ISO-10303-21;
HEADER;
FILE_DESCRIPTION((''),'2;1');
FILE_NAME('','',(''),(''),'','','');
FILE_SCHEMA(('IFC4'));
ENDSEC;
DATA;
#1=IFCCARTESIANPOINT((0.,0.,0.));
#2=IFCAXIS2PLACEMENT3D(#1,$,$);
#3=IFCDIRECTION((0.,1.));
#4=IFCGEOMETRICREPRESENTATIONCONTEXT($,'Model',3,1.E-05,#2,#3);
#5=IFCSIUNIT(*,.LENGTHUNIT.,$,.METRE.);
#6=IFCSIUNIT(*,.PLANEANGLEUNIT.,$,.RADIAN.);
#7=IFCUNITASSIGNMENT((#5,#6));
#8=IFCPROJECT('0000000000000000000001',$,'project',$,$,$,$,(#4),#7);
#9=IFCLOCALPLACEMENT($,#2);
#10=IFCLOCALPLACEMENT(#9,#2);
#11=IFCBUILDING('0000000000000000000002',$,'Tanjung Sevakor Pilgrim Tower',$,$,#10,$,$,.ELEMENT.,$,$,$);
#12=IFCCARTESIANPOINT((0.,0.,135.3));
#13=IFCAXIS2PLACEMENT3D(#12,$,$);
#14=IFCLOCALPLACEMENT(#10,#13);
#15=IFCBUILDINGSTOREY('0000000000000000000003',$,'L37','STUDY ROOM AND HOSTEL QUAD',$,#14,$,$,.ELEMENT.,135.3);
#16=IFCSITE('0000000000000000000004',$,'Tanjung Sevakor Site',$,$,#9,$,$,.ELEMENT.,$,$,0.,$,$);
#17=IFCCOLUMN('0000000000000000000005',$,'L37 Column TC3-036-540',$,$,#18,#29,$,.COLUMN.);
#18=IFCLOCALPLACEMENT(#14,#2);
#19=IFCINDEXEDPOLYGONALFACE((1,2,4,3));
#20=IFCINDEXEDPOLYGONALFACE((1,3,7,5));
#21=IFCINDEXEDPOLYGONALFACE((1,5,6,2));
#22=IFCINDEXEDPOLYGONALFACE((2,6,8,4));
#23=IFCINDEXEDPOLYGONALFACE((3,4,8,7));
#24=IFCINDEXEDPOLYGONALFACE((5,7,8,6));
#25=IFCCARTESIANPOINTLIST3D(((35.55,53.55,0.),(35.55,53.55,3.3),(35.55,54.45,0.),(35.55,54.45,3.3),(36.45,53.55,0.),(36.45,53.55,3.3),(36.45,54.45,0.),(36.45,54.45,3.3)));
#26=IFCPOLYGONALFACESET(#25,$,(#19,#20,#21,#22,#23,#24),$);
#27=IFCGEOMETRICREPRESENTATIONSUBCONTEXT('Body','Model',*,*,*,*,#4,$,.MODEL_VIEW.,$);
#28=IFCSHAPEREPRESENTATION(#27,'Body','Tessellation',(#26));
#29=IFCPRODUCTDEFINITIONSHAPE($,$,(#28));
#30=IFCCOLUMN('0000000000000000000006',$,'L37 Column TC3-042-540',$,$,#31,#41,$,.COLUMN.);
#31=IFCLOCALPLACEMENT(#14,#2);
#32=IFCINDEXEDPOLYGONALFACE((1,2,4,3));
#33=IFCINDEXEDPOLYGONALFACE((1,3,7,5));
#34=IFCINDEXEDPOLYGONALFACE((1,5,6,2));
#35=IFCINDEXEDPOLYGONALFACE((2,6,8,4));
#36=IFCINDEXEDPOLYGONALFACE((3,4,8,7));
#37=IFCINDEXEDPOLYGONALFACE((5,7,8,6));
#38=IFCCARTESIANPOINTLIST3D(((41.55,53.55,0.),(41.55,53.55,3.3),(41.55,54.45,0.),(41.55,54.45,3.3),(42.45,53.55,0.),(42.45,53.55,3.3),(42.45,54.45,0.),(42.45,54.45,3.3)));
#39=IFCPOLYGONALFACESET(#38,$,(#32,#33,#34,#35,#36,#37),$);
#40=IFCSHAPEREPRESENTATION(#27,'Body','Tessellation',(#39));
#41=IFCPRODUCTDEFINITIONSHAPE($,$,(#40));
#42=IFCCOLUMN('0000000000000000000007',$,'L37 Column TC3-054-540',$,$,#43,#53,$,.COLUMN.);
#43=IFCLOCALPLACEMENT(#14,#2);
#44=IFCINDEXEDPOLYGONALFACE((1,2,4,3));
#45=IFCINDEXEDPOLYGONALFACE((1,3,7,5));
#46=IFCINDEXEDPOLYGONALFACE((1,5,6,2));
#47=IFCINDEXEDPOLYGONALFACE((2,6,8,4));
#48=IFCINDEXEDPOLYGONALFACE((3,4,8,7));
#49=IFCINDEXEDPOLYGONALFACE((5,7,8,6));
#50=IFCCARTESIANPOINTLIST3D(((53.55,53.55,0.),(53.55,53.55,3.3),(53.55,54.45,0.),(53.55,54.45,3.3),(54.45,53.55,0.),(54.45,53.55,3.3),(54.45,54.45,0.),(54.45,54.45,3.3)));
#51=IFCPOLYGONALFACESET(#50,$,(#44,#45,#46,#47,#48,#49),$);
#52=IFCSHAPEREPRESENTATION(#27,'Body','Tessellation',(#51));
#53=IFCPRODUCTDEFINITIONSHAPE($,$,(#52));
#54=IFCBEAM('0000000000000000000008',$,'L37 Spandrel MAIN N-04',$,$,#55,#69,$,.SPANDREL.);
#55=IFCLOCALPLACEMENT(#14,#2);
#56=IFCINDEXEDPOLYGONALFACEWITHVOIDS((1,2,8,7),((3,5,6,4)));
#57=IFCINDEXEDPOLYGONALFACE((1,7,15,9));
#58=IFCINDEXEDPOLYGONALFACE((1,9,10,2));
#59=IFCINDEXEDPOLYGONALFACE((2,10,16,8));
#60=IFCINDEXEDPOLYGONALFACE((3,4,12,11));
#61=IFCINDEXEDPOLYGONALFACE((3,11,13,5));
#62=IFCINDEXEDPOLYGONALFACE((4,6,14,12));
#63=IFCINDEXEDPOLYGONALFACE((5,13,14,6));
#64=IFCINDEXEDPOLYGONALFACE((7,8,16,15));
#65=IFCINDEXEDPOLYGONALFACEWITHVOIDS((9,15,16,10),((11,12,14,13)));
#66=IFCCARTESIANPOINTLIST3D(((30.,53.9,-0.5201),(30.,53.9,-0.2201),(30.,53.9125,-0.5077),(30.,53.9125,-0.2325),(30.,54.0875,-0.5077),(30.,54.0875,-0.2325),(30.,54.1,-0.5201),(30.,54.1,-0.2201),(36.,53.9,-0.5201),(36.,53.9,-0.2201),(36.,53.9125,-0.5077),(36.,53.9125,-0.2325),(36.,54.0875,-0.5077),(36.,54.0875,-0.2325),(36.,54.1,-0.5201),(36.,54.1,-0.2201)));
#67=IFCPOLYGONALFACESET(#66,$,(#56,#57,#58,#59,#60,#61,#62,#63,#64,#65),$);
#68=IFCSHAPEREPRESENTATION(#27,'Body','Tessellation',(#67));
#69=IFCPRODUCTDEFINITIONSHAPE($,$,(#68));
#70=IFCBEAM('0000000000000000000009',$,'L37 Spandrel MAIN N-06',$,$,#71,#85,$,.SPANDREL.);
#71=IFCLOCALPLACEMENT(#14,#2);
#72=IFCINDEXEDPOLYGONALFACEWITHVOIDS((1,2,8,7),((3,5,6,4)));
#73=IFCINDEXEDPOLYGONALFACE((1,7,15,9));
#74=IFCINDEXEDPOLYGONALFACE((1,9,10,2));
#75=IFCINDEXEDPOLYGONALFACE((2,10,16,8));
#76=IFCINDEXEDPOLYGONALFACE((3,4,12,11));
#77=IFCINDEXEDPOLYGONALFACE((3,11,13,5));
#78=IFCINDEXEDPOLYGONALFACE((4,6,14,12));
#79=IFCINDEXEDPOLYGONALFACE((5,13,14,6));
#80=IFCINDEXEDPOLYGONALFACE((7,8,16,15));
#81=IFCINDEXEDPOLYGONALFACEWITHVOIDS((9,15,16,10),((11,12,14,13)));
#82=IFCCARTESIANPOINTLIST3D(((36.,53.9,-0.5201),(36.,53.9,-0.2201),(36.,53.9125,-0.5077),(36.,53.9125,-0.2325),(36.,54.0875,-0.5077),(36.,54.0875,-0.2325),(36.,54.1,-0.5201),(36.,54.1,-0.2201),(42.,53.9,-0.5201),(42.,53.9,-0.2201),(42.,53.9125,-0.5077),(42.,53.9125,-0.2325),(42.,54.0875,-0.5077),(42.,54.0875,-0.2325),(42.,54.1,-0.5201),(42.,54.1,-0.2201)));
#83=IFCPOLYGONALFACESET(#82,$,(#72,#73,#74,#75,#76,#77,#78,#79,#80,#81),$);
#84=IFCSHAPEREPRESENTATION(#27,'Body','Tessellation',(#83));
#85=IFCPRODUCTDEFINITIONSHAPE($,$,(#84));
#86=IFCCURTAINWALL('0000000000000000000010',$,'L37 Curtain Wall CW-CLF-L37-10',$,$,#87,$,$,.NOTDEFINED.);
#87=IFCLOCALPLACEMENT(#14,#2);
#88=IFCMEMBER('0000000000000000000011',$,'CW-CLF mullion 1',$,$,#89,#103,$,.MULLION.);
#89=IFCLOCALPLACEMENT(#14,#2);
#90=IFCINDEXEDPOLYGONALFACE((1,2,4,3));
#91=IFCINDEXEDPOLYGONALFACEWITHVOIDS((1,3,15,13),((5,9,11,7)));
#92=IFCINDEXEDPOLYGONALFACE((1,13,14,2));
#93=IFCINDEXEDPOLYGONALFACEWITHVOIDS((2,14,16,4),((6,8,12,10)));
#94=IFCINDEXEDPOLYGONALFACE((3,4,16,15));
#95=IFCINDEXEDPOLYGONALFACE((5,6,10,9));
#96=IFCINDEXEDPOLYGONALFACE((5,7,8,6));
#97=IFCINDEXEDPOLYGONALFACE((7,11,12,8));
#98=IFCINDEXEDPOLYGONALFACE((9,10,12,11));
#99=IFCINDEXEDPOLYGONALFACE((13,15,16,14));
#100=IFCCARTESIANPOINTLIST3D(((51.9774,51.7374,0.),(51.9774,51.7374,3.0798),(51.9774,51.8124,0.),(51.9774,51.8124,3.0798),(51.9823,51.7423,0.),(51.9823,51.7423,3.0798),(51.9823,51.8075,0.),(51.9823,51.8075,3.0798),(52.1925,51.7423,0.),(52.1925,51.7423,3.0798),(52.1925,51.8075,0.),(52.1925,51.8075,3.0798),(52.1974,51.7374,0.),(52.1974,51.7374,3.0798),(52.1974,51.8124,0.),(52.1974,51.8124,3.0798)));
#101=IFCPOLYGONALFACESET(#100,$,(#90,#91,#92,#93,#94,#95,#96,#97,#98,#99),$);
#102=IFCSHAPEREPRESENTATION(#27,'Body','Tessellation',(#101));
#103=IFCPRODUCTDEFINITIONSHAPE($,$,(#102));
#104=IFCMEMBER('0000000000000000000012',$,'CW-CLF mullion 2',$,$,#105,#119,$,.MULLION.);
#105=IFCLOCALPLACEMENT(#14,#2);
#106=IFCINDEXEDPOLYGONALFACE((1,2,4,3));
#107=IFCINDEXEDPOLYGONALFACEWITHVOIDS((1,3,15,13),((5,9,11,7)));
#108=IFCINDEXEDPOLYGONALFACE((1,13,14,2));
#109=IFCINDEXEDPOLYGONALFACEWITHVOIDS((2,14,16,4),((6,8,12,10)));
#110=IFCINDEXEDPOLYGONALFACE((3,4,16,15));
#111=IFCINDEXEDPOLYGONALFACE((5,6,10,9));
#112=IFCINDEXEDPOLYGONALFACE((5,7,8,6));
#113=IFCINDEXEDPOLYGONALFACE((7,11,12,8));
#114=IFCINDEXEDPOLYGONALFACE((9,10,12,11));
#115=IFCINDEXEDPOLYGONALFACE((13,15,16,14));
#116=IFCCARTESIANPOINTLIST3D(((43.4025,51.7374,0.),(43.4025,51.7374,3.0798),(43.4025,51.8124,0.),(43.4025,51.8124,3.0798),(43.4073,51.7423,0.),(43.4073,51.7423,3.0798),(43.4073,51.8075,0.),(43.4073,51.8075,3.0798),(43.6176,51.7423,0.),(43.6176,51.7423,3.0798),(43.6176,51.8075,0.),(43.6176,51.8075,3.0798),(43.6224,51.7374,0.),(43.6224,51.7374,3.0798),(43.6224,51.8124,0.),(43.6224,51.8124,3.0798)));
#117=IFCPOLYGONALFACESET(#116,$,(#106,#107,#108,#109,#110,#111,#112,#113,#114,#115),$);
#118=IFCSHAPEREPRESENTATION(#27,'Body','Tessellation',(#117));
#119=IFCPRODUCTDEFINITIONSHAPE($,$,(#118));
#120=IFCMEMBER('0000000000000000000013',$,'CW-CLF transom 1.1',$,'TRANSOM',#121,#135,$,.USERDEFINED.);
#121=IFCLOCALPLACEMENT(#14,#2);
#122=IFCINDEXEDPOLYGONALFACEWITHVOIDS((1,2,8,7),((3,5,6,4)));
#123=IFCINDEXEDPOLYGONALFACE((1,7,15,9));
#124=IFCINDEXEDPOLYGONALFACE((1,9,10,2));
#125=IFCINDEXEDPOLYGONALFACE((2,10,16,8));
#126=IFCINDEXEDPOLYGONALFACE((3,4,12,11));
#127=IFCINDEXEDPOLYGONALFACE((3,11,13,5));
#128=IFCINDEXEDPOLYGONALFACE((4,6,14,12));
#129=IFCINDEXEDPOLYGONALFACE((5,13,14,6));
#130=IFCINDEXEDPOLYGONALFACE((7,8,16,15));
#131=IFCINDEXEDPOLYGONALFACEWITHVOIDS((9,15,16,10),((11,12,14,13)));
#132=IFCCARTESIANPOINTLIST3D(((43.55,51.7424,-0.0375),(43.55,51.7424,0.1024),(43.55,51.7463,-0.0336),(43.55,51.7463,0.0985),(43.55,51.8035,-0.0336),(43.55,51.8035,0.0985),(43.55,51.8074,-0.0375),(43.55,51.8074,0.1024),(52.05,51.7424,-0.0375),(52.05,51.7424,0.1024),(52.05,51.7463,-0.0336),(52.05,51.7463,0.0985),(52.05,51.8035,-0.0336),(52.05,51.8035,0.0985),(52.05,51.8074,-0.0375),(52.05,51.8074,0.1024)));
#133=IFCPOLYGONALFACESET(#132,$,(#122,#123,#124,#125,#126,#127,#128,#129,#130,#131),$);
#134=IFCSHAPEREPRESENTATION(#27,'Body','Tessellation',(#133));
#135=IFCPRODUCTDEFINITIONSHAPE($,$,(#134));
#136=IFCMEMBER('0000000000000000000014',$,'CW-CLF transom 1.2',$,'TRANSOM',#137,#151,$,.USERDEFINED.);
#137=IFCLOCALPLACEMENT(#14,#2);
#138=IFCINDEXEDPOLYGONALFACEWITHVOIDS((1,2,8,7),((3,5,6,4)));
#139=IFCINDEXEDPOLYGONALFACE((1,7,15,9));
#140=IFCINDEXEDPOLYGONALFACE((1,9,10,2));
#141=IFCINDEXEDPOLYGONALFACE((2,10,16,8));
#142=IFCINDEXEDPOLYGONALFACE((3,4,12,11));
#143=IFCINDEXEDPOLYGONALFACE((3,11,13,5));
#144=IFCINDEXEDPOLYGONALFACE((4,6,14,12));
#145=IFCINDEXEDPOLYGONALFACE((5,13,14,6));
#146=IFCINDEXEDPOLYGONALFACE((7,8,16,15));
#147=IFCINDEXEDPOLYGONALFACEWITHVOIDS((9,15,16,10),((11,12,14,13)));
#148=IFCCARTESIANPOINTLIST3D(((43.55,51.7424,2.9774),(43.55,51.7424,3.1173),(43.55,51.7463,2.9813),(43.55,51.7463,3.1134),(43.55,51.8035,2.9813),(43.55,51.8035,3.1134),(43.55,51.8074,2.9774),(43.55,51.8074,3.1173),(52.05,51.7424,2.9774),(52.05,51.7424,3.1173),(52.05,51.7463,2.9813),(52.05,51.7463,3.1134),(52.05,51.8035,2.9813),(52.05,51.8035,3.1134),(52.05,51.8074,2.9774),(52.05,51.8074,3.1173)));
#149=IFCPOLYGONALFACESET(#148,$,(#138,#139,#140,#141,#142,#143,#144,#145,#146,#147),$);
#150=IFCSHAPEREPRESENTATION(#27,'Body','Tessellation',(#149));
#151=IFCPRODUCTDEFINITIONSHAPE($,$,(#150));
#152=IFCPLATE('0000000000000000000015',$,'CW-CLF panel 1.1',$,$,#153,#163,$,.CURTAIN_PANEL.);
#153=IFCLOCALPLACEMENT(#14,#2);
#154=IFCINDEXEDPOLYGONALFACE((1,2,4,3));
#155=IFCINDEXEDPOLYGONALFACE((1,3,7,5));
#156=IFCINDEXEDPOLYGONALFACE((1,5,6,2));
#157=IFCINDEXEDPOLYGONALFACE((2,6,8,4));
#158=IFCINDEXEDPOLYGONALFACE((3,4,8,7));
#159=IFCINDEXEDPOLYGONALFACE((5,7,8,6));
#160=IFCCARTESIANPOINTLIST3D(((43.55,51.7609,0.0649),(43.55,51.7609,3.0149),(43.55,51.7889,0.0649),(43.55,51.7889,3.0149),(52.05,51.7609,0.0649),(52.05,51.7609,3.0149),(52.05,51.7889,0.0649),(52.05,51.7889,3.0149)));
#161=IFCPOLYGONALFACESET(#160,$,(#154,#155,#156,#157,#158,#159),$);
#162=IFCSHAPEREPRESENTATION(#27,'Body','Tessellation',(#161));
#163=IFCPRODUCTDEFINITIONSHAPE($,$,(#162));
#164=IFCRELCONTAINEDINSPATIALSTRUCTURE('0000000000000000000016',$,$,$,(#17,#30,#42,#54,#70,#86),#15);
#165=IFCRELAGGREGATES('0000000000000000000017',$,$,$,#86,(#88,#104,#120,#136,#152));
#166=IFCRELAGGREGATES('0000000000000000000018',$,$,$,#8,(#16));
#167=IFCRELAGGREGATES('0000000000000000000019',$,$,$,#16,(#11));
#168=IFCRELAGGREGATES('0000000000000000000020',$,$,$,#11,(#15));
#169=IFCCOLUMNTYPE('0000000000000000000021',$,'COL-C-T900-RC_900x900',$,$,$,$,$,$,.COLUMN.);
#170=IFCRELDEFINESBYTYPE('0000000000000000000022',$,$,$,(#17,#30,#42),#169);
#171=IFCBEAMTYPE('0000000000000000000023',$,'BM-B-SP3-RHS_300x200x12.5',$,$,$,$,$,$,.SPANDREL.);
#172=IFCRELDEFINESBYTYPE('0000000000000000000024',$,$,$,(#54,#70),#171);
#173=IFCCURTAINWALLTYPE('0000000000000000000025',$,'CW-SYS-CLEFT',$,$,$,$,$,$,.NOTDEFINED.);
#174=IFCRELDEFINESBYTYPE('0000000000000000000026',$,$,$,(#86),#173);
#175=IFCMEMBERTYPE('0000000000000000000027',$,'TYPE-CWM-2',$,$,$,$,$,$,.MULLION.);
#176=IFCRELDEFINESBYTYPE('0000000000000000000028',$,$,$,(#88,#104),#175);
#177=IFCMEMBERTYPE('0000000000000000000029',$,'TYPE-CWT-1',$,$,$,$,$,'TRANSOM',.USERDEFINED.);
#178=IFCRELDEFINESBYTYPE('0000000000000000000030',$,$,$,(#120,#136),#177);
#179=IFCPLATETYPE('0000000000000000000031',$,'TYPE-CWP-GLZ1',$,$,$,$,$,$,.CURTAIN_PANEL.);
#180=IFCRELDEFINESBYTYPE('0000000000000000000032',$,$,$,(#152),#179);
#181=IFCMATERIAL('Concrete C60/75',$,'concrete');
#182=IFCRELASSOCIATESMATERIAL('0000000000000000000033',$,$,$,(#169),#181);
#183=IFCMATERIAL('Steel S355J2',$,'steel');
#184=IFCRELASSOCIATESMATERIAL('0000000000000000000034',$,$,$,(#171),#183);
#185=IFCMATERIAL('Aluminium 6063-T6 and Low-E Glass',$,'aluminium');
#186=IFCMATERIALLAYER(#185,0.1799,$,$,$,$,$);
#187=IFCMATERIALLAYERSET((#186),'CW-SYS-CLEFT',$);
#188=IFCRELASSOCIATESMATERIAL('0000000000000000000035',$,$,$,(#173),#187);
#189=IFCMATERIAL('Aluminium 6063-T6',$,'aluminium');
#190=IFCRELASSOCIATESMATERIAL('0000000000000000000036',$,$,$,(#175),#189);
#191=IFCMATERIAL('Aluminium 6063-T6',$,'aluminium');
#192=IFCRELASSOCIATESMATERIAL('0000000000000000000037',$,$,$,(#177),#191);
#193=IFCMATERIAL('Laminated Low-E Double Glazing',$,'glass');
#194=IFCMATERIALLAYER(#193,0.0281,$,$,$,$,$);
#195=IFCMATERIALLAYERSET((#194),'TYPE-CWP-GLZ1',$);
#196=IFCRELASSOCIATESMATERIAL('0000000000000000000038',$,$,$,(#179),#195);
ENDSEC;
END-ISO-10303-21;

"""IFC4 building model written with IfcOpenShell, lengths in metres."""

from ifc_helpers import new_model, si_unit, direction, frame, origin, origin_2d, place, context, subcontext, project, spatial, rectangle, hollow_rectangle, extrude, material, layer, layer_set, material_profile, profile_set, type_object, element, aggregate, save


model = new_model("IFC4")

# Units and contexts
model_context = context("Model", 3, precision=1e-05, world=origin(), true_north=direction((0.0, 1.0)))
body_context = subcontext(model_context, "Body", "Model", "MODEL_VIEW")
ifc_project = project(units=[si_unit("LENGTHUNIT", "METRE"), si_unit("PLANEANGLEUNIT", "RADIAN")], contexts=[model_context])

# Site, building, storey
site_placement = place(None, origin())
site = spatial("IfcSite", under=ifc_project, at=site_placement, Name="Tanjung Sevakor Site", CompositionType="ELEMENT", RefElevation=0.0)
building_placement = place(site_placement, origin())
building = spatial("IfcBuilding", under=site, at=building_placement, Name="Tanjung Sevakor Pilgrim Tower", CompositionType="ELEMENT")
storey_placement = place(building_placement, frame((0.0, 0.0, 135.3)))
storey = spatial("IfcBuildingStorey", under=building, at=storey_placement, Name="L37", Description="STUDY ROOM AND HOSTEL QUAD", CompositionType="ELEMENT", Elevation=135.3)

# Columns
ifc_material_1 = material(Name="Concrete C60/75", Category="concrete")
ifc_material_profile_1 = material_profile(ifc_material_1, rectangle(XDim=0.8999, YDim=0.8999, at=origin_2d()))
ifc_profile_set_1 = profile_set([ifc_material_profile_1], Name="Concrete C60/75")
column_type = type_object("IfcColumnType", Name="COL-C-T900-RC_900x900", PredefinedType="COLUMN", material=ifc_profile_set_1)
for number, where, z_axis, x_axis, name in (
    (1, (36.0, 54.0, 0.0), (0.0, 0.0, 1.0), (1.0, 0.0, 0.0), "L37 Column TC3-036-540"),
    (2, (42.0, 54.0, 0.0), (0.0, 0.0, 1.0), (1.0, 0.0, 0.0), "L37 Column TC3-042-540"),
    (3, (54.0, 54.0, 0.0), (0.0, 0.0, 1.0), (1.0, 0.0, 0.0), "L37 Column TC3-054-540"),
):
    element("IfcColumn", number, at=place(storey_placement, frame(where, z_axis=z_axis, x_axis=x_axis)), inside=storey, type_object=column_type, Name=name, PredefinedType="COLUMN", context=body_context, shape_type="SweptSolid", body=[
        extrude(rectangle(XDim=0.8999, YDim=0.8999, at=origin_2d()), origin(), (0.0, 0.0, 1.0), 3.3),
    ])

# Beams
ifc_material_2 = material(Name="Steel S355J2", Category="steel")
ifc_material_profile_2 = material_profile(ifc_material_2, hollow_rectangle(XDim=0.2, YDim=0.3, WallThickness=0.0125, at=origin_2d()))
ifc_profile_set_2 = profile_set([ifc_material_profile_2], Name="Steel S355J2")
beam_type = type_object("IfcBeamType", Name="BM-B-SP3-RHS_300x200x12.5", PredefinedType="SPANDREL", material=ifc_profile_set_2)
for number, where, z_axis, x_axis, name in (
    (4, (30.0, 54.0, -0.3701), (1.0, 0.0, 0.0), (0.0, 1.0, 0.0), "L37 Spandrel MAIN N-04"),
    (5, (36.0, 54.0, -0.3701), (1.0, 0.0, 0.0), (0.0, 1.0, 0.0), "L37 Spandrel MAIN N-06"),
):
    element("IfcBeam", number, at=place(storey_placement, frame(where, z_axis=z_axis, x_axis=x_axis)), inside=storey, type_object=beam_type, Name=name, PredefinedType="SPANDREL", context=body_context, shape_type="SweptSolid", body=[
        extrude(hollow_rectangle(XDim=0.2, YDim=0.3, WallThickness=0.0125, at=origin_2d()), origin(), (0.0, 0.0, 1.0), 6.0),
    ])

# Curtain wall, members, plate
ifc_material_3 = material(Name="Aluminium 6063-T6 and Low-E Glass", Category="aluminium")
ifc_layer_1 = layer(ifc_material_3, 0.1799)
ifc_layer_set_1 = layer_set([ifc_layer_1], Name="CW-SYS-CLEFT")
curtain_wall_type = type_object("IfcCurtainWallType", Name="CW-SYS-CLEFT", PredefinedType="NOTDEFINED", material=ifc_layer_set_1)
curtain_wall_placement = place(storey_placement, origin())
curtain_wall = element("IfcCurtainWall", 6, at=curtain_wall_placement, inside=storey, type_object=curtain_wall_type, Name="L37 Curtain Wall CW-CLF-L37-10", PredefinedType="NOTDEFINED")
ifc_material_4 = material(Name="Aluminium 6063-T6", Category="aluminium")
ifc_material_profile_3 = material_profile(ifc_material_4, hollow_rectangle(XDim=0.075, YDim=0.22, WallThickness=0.0049, at=origin_2d()))
ifc_profile_set_3 = profile_set([ifc_material_profile_3], Name="Aluminium 6063-T6")
member_type_1 = type_object("IfcMemberType", Name="TYPE-CWM-2", PredefinedType="MULLION", material=ifc_profile_set_3)
member_1_placement = place(storey_placement, frame((52.0874, 51.7749, 0.0), z_axis=(0.0, 0.0, 1.0), x_axis=(0.0, -1.0, 0.0)))
member_1 = element("IfcMember", 7, at=member_1_placement, type_object=member_type_1, Name="CW-CLF mullion 1", PredefinedType="MULLION", context=body_context, shape_type="SweptSolid", body=[
    extrude(hollow_rectangle(XDim=0.075, YDim=0.22, WallThickness=0.0049, at=origin_2d()), origin(), (0.0, 0.0, 1.0), 3.0798),
])
member_2_placement = place(storey_placement, frame((43.5125, 51.7749, 0.0), z_axis=(0.0, 0.0, 1.0), x_axis=(0.0, -1.0, 0.0)))
member_2 = element("IfcMember", 8, at=member_2_placement, type_object=member_type_1, Name="CW-CLF mullion 2", PredefinedType="MULLION", context=body_context, shape_type="SweptSolid", body=[
    extrude(hollow_rectangle(XDim=0.075, YDim=0.22, WallThickness=0.0049, at=origin_2d()), origin(), (0.0, 0.0, 1.0), 3.0798),
])
ifc_material_5 = material(Name="Aluminium 6063-T6", Category="aluminium")
ifc_material_profile_4 = material_profile(ifc_material_5, hollow_rectangle(XDim=0.0649, YDim=0.1399, WallThickness=0.0039, at=origin_2d()))
ifc_profile_set_4 = profile_set([ifc_material_profile_4], Name="Aluminium 6063-T6")
member_type_2 = type_object("IfcMemberType", Name="TYPE-CWT-1", ElementType="TRANSOM", PredefinedType="USERDEFINED", material=ifc_profile_set_4)
member_3_placement = place(storey_placement, frame((52.05, 51.7749, 0.0325), z_axis=(-1.0, 0.0, 0.0), x_axis=(0.0, -1.0, 0.0)))
member_3 = element("IfcMember", 9, at=member_3_placement, type_object=member_type_2, Name="CW-CLF transom 1.1", ObjectType="TRANSOM", PredefinedType="USERDEFINED", context=body_context, shape_type="SweptSolid", body=[
    extrude(hollow_rectangle(XDim=0.0649, YDim=0.1399, WallThickness=0.0039, at=origin_2d()), origin(), (0.0, 0.0, 1.0), 8.5),
])
member_4_placement = place(storey_placement, frame((52.05, 51.7749, 3.0474), z_axis=(-1.0, 0.0, 0.0), x_axis=(0.0, -1.0, 0.0)))
member_4 = element("IfcMember", 10, at=member_4_placement, type_object=member_type_2, Name="CW-CLF transom 1.2", ObjectType="TRANSOM", PredefinedType="USERDEFINED", context=body_context, shape_type="SweptSolid", body=[
    extrude(hollow_rectangle(XDim=0.0649, YDim=0.1399, WallThickness=0.0039, at=origin_2d()), origin(), (0.0, 0.0, 1.0), 8.5),
])
ifc_material_6 = material(Name="Laminated Low-E Double Glazing", Category="glass")
ifc_layer_2 = layer(ifc_material_6, 0.0281)
ifc_layer_set_2 = layer_set([ifc_layer_2], Name="TYPE-CWP-GLZ1")
plate_type = type_object("IfcPlateType", Name="TYPE-CWP-GLZ1", PredefinedType="CURTAIN_PANEL", material=ifc_layer_set_2)
plate_placement = place(storey_placement, frame((47.8, 51.7749, 0.0649), z_axis=(0.0, 0.0, 1.0), x_axis=(-1.0, 0.0, 0.0)))
plate = element("IfcPlate", 11, at=plate_placement, type_object=plate_type, Name="CW-CLF panel 1.1", PredefinedType="CURTAIN_PANEL", context=body_context, shape_type="SweptSolid", body=[
    extrude(rectangle(XDim=8.5, YDim=0.0281, at=origin_2d()), origin(), (0.0, 0.0, 1.0), 2.95),
])
aggregate(curtain_wall, [member_1, member_2, member_3, member_4, plate])

save(model, "model.ifc")
